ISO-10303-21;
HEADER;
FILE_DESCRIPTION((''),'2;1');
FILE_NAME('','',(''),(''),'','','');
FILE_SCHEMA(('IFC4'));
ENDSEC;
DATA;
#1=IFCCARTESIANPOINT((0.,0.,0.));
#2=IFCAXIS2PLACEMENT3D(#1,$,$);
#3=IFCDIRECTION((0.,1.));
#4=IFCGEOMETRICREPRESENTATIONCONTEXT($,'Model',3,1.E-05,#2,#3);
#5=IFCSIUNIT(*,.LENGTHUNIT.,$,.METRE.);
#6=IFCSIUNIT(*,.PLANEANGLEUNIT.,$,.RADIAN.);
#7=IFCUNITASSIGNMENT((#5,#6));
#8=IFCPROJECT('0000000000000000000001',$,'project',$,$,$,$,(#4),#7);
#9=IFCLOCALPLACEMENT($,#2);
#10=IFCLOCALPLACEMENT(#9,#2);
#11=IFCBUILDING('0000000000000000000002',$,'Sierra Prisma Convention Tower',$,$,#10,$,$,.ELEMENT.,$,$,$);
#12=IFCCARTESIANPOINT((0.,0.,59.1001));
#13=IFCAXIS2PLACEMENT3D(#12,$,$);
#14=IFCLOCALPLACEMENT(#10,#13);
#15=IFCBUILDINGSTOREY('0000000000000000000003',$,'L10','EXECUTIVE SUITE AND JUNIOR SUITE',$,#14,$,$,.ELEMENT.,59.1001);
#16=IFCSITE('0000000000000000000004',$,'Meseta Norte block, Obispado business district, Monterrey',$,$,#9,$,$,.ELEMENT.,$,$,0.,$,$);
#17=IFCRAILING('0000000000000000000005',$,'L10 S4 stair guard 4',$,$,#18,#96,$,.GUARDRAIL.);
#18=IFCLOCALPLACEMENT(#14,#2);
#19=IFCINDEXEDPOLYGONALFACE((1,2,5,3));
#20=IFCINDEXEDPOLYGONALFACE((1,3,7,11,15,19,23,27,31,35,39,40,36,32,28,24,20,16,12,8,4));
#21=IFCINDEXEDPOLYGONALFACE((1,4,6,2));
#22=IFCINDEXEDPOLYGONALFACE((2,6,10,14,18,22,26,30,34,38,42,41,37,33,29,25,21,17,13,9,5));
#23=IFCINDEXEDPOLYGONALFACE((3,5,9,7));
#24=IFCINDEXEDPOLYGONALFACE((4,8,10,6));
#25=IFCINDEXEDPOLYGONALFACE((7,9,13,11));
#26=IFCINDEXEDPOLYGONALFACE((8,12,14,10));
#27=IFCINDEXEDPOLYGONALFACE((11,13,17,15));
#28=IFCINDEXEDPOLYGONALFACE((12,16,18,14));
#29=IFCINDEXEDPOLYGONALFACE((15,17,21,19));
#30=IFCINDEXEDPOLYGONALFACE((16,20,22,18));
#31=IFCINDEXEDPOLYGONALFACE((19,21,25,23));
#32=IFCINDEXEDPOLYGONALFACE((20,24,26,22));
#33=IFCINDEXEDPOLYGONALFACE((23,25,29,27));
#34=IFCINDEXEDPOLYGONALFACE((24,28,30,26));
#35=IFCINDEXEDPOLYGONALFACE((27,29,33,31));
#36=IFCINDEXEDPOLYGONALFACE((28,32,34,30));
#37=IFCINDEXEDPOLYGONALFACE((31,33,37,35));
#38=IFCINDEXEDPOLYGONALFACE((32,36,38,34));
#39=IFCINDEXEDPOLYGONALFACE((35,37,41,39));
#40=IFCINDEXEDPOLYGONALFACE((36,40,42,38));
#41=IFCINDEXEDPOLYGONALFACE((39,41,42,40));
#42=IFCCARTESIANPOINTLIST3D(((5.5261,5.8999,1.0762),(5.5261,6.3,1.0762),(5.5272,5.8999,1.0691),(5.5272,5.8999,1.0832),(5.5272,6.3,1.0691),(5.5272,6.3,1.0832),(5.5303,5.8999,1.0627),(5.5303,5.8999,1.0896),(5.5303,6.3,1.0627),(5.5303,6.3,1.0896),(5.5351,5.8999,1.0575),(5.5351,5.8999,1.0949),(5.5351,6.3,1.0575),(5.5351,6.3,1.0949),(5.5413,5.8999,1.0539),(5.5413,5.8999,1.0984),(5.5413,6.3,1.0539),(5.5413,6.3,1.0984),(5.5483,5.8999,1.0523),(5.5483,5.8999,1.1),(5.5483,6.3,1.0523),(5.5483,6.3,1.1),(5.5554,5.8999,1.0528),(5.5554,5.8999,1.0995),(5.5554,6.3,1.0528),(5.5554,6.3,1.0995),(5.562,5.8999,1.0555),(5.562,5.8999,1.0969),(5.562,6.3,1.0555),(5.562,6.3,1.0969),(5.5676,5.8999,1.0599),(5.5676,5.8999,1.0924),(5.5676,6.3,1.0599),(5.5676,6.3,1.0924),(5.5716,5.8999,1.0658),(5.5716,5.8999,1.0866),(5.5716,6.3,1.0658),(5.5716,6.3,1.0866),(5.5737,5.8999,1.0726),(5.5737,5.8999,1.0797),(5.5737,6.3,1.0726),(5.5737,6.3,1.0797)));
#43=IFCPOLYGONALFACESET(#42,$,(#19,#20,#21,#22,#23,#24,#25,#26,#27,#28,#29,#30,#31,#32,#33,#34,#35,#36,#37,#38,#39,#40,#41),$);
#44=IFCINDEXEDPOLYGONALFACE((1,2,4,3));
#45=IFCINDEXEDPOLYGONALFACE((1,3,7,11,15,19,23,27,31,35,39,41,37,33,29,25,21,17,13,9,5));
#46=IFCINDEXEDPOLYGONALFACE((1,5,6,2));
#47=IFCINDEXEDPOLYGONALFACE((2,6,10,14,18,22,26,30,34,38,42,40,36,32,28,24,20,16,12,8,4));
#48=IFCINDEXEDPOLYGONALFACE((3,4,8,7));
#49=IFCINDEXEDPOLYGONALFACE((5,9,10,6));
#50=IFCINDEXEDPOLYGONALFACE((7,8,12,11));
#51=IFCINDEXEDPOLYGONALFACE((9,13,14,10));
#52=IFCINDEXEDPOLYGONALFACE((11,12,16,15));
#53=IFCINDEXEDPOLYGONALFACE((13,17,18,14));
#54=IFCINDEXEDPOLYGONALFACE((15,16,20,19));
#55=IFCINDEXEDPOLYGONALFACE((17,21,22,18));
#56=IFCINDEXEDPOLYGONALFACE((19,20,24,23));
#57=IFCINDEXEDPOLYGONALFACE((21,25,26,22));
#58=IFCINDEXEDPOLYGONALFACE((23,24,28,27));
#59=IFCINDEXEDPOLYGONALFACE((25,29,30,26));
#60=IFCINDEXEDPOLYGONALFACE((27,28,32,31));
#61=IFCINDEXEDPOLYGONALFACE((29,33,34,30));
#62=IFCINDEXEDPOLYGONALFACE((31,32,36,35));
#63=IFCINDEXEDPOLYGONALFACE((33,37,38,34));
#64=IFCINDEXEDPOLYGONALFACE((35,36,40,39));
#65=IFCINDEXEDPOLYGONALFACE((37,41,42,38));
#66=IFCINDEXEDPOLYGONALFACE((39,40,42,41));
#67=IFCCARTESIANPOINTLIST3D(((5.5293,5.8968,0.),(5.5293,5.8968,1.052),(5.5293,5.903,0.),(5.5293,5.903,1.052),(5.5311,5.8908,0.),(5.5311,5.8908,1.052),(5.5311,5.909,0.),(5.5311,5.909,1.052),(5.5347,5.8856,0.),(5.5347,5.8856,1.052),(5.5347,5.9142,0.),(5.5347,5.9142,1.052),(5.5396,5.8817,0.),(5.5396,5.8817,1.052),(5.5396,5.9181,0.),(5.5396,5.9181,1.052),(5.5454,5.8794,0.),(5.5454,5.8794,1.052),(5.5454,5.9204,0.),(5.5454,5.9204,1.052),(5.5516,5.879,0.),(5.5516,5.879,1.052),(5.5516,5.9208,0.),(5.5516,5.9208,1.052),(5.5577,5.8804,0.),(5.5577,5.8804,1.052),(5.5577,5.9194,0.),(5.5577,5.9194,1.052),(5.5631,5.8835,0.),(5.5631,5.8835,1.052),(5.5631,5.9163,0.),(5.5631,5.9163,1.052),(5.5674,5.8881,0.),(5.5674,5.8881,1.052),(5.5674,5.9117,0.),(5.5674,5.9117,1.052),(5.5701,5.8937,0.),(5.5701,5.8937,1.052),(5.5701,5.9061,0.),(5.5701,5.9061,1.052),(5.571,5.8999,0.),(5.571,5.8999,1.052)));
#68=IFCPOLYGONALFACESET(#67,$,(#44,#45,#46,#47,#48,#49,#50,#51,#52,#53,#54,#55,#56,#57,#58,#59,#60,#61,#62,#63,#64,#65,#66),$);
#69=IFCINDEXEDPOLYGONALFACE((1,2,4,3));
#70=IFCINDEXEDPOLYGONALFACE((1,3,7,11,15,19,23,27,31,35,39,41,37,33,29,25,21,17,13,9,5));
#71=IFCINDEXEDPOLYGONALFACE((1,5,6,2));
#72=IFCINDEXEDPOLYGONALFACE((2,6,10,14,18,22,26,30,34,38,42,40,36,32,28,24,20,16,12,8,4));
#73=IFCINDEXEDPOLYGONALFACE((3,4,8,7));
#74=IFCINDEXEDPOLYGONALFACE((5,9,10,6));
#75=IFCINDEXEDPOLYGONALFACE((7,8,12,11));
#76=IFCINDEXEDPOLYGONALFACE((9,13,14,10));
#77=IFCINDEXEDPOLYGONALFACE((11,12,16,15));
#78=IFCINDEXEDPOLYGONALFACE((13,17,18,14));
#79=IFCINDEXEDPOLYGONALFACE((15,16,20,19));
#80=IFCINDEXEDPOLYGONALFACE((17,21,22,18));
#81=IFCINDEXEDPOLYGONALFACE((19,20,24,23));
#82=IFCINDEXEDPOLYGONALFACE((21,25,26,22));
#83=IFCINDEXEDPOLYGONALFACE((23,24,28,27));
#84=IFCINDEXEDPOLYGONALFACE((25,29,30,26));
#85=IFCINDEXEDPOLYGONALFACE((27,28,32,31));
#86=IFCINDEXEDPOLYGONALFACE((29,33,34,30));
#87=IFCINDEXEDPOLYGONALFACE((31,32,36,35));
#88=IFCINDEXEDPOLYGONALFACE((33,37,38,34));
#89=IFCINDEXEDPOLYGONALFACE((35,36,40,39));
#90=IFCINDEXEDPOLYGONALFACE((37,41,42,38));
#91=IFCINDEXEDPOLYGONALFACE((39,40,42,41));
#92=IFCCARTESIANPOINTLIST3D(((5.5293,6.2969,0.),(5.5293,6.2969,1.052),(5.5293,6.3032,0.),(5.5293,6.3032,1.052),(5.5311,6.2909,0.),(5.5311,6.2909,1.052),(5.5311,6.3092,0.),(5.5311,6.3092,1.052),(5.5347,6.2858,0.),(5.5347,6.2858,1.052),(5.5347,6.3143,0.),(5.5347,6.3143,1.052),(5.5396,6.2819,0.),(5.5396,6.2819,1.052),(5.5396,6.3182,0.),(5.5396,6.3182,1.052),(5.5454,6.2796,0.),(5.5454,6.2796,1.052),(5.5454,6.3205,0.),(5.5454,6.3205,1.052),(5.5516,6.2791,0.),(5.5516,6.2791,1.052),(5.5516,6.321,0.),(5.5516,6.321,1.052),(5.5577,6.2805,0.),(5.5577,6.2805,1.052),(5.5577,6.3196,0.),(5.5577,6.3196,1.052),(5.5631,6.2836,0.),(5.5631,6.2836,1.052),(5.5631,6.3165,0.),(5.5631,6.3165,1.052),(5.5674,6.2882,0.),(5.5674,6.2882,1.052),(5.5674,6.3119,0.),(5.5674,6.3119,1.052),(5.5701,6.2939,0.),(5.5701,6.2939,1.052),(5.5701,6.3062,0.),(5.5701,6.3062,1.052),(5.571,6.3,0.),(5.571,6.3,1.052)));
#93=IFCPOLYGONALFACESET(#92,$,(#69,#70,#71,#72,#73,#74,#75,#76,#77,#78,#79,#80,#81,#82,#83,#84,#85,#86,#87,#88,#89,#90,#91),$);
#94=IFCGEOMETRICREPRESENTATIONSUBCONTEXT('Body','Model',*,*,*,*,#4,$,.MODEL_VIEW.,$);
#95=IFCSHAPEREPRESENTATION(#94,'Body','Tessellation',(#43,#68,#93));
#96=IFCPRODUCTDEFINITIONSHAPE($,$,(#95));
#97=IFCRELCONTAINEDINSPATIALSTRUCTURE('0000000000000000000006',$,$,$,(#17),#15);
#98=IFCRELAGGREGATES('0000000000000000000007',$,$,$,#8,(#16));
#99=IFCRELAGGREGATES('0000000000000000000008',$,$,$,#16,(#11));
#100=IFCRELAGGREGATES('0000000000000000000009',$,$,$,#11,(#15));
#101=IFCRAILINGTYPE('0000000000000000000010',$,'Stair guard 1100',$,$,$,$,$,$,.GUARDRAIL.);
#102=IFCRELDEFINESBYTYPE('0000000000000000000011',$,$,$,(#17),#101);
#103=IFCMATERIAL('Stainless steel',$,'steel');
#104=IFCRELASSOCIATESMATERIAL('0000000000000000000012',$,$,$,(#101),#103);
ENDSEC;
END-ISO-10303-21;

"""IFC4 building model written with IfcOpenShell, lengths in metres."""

from ifc_helpers import new_model, si_unit, direction, frame, origin, origin_2d, place, context, subcontext, project, spatial, circle, extrude, material, type_object, element, save


model = new_model("IFC4")

# Units and contexts
model_context = context("Model", 3, precision=1e-05, world=origin(), true_north=direction((0.0, 1.0)))
body_context = subcontext(model_context, "Body", "Model", "MODEL_VIEW")
ifc_project = project(units=[si_unit("LENGTHUNIT", "METRE"), si_unit("PLANEANGLEUNIT", "RADIAN")], contexts=[model_context])

# Site, building, storey
site_placement = place(None, origin())
site = spatial("IfcSite", under=ifc_project, at=site_placement, Name="Meseta Norte block, Obispado business district, Monterrey", CompositionType="ELEMENT", RefElevation=0.0)
building_placement = place(site_placement, origin())
building = spatial("IfcBuilding", under=site, at=building_placement, Name="Sierra Prisma Convention Tower", CompositionType="ELEMENT")
storey_placement = place(building_placement, frame((0.0, 0.0, 59.1001)))
storey = spatial("IfcBuildingStorey", under=building, at=storey_placement, Name="L10", Description="EXECUTIVE SUITE AND JUNIOR SUITE", CompositionType="ELEMENT", Elevation=59.1001)

# Railing
ifc_material_1 = material(Name="Stainless steel", Category="steel")
railing_type_1 = type_object("IfcRailingType", Name="Stair guard 1100", PredefinedType="GUARDRAIL", material=ifc_material_1)
railing_1_placement = place(storey_placement, frame((5.55, 5.8999, 0.0)))
element("IfcRailing", 1, at=railing_1_placement, inside=storey, type_object=railing_type_1, Name="L10 S4 stair guard 4", PredefinedType="GUARDRAIL", context=body_context, shape_type="SweptSolid", body=[
    extrude(circle(Radius=0.0239, at=origin_2d()), frame((0.0, 0.0, 1.0762), z_axis=(0.0, 1.0, 0.0), x_axis=(-1.0, 0.0, 0.0)), (0.0, 0.0, 1.0), 0.4001),
    extrude(circle(Radius=0.021, at=origin_2d()), origin(), (0.0, 0.0, 1.0), 1.052),
    extrude(circle(Radius=0.021, at=origin_2d()), frame((0.0, 0.4001, 0.0)), (0.0, 0.0, 1.0), 1.052),
])

save(model, "model.ifc")
